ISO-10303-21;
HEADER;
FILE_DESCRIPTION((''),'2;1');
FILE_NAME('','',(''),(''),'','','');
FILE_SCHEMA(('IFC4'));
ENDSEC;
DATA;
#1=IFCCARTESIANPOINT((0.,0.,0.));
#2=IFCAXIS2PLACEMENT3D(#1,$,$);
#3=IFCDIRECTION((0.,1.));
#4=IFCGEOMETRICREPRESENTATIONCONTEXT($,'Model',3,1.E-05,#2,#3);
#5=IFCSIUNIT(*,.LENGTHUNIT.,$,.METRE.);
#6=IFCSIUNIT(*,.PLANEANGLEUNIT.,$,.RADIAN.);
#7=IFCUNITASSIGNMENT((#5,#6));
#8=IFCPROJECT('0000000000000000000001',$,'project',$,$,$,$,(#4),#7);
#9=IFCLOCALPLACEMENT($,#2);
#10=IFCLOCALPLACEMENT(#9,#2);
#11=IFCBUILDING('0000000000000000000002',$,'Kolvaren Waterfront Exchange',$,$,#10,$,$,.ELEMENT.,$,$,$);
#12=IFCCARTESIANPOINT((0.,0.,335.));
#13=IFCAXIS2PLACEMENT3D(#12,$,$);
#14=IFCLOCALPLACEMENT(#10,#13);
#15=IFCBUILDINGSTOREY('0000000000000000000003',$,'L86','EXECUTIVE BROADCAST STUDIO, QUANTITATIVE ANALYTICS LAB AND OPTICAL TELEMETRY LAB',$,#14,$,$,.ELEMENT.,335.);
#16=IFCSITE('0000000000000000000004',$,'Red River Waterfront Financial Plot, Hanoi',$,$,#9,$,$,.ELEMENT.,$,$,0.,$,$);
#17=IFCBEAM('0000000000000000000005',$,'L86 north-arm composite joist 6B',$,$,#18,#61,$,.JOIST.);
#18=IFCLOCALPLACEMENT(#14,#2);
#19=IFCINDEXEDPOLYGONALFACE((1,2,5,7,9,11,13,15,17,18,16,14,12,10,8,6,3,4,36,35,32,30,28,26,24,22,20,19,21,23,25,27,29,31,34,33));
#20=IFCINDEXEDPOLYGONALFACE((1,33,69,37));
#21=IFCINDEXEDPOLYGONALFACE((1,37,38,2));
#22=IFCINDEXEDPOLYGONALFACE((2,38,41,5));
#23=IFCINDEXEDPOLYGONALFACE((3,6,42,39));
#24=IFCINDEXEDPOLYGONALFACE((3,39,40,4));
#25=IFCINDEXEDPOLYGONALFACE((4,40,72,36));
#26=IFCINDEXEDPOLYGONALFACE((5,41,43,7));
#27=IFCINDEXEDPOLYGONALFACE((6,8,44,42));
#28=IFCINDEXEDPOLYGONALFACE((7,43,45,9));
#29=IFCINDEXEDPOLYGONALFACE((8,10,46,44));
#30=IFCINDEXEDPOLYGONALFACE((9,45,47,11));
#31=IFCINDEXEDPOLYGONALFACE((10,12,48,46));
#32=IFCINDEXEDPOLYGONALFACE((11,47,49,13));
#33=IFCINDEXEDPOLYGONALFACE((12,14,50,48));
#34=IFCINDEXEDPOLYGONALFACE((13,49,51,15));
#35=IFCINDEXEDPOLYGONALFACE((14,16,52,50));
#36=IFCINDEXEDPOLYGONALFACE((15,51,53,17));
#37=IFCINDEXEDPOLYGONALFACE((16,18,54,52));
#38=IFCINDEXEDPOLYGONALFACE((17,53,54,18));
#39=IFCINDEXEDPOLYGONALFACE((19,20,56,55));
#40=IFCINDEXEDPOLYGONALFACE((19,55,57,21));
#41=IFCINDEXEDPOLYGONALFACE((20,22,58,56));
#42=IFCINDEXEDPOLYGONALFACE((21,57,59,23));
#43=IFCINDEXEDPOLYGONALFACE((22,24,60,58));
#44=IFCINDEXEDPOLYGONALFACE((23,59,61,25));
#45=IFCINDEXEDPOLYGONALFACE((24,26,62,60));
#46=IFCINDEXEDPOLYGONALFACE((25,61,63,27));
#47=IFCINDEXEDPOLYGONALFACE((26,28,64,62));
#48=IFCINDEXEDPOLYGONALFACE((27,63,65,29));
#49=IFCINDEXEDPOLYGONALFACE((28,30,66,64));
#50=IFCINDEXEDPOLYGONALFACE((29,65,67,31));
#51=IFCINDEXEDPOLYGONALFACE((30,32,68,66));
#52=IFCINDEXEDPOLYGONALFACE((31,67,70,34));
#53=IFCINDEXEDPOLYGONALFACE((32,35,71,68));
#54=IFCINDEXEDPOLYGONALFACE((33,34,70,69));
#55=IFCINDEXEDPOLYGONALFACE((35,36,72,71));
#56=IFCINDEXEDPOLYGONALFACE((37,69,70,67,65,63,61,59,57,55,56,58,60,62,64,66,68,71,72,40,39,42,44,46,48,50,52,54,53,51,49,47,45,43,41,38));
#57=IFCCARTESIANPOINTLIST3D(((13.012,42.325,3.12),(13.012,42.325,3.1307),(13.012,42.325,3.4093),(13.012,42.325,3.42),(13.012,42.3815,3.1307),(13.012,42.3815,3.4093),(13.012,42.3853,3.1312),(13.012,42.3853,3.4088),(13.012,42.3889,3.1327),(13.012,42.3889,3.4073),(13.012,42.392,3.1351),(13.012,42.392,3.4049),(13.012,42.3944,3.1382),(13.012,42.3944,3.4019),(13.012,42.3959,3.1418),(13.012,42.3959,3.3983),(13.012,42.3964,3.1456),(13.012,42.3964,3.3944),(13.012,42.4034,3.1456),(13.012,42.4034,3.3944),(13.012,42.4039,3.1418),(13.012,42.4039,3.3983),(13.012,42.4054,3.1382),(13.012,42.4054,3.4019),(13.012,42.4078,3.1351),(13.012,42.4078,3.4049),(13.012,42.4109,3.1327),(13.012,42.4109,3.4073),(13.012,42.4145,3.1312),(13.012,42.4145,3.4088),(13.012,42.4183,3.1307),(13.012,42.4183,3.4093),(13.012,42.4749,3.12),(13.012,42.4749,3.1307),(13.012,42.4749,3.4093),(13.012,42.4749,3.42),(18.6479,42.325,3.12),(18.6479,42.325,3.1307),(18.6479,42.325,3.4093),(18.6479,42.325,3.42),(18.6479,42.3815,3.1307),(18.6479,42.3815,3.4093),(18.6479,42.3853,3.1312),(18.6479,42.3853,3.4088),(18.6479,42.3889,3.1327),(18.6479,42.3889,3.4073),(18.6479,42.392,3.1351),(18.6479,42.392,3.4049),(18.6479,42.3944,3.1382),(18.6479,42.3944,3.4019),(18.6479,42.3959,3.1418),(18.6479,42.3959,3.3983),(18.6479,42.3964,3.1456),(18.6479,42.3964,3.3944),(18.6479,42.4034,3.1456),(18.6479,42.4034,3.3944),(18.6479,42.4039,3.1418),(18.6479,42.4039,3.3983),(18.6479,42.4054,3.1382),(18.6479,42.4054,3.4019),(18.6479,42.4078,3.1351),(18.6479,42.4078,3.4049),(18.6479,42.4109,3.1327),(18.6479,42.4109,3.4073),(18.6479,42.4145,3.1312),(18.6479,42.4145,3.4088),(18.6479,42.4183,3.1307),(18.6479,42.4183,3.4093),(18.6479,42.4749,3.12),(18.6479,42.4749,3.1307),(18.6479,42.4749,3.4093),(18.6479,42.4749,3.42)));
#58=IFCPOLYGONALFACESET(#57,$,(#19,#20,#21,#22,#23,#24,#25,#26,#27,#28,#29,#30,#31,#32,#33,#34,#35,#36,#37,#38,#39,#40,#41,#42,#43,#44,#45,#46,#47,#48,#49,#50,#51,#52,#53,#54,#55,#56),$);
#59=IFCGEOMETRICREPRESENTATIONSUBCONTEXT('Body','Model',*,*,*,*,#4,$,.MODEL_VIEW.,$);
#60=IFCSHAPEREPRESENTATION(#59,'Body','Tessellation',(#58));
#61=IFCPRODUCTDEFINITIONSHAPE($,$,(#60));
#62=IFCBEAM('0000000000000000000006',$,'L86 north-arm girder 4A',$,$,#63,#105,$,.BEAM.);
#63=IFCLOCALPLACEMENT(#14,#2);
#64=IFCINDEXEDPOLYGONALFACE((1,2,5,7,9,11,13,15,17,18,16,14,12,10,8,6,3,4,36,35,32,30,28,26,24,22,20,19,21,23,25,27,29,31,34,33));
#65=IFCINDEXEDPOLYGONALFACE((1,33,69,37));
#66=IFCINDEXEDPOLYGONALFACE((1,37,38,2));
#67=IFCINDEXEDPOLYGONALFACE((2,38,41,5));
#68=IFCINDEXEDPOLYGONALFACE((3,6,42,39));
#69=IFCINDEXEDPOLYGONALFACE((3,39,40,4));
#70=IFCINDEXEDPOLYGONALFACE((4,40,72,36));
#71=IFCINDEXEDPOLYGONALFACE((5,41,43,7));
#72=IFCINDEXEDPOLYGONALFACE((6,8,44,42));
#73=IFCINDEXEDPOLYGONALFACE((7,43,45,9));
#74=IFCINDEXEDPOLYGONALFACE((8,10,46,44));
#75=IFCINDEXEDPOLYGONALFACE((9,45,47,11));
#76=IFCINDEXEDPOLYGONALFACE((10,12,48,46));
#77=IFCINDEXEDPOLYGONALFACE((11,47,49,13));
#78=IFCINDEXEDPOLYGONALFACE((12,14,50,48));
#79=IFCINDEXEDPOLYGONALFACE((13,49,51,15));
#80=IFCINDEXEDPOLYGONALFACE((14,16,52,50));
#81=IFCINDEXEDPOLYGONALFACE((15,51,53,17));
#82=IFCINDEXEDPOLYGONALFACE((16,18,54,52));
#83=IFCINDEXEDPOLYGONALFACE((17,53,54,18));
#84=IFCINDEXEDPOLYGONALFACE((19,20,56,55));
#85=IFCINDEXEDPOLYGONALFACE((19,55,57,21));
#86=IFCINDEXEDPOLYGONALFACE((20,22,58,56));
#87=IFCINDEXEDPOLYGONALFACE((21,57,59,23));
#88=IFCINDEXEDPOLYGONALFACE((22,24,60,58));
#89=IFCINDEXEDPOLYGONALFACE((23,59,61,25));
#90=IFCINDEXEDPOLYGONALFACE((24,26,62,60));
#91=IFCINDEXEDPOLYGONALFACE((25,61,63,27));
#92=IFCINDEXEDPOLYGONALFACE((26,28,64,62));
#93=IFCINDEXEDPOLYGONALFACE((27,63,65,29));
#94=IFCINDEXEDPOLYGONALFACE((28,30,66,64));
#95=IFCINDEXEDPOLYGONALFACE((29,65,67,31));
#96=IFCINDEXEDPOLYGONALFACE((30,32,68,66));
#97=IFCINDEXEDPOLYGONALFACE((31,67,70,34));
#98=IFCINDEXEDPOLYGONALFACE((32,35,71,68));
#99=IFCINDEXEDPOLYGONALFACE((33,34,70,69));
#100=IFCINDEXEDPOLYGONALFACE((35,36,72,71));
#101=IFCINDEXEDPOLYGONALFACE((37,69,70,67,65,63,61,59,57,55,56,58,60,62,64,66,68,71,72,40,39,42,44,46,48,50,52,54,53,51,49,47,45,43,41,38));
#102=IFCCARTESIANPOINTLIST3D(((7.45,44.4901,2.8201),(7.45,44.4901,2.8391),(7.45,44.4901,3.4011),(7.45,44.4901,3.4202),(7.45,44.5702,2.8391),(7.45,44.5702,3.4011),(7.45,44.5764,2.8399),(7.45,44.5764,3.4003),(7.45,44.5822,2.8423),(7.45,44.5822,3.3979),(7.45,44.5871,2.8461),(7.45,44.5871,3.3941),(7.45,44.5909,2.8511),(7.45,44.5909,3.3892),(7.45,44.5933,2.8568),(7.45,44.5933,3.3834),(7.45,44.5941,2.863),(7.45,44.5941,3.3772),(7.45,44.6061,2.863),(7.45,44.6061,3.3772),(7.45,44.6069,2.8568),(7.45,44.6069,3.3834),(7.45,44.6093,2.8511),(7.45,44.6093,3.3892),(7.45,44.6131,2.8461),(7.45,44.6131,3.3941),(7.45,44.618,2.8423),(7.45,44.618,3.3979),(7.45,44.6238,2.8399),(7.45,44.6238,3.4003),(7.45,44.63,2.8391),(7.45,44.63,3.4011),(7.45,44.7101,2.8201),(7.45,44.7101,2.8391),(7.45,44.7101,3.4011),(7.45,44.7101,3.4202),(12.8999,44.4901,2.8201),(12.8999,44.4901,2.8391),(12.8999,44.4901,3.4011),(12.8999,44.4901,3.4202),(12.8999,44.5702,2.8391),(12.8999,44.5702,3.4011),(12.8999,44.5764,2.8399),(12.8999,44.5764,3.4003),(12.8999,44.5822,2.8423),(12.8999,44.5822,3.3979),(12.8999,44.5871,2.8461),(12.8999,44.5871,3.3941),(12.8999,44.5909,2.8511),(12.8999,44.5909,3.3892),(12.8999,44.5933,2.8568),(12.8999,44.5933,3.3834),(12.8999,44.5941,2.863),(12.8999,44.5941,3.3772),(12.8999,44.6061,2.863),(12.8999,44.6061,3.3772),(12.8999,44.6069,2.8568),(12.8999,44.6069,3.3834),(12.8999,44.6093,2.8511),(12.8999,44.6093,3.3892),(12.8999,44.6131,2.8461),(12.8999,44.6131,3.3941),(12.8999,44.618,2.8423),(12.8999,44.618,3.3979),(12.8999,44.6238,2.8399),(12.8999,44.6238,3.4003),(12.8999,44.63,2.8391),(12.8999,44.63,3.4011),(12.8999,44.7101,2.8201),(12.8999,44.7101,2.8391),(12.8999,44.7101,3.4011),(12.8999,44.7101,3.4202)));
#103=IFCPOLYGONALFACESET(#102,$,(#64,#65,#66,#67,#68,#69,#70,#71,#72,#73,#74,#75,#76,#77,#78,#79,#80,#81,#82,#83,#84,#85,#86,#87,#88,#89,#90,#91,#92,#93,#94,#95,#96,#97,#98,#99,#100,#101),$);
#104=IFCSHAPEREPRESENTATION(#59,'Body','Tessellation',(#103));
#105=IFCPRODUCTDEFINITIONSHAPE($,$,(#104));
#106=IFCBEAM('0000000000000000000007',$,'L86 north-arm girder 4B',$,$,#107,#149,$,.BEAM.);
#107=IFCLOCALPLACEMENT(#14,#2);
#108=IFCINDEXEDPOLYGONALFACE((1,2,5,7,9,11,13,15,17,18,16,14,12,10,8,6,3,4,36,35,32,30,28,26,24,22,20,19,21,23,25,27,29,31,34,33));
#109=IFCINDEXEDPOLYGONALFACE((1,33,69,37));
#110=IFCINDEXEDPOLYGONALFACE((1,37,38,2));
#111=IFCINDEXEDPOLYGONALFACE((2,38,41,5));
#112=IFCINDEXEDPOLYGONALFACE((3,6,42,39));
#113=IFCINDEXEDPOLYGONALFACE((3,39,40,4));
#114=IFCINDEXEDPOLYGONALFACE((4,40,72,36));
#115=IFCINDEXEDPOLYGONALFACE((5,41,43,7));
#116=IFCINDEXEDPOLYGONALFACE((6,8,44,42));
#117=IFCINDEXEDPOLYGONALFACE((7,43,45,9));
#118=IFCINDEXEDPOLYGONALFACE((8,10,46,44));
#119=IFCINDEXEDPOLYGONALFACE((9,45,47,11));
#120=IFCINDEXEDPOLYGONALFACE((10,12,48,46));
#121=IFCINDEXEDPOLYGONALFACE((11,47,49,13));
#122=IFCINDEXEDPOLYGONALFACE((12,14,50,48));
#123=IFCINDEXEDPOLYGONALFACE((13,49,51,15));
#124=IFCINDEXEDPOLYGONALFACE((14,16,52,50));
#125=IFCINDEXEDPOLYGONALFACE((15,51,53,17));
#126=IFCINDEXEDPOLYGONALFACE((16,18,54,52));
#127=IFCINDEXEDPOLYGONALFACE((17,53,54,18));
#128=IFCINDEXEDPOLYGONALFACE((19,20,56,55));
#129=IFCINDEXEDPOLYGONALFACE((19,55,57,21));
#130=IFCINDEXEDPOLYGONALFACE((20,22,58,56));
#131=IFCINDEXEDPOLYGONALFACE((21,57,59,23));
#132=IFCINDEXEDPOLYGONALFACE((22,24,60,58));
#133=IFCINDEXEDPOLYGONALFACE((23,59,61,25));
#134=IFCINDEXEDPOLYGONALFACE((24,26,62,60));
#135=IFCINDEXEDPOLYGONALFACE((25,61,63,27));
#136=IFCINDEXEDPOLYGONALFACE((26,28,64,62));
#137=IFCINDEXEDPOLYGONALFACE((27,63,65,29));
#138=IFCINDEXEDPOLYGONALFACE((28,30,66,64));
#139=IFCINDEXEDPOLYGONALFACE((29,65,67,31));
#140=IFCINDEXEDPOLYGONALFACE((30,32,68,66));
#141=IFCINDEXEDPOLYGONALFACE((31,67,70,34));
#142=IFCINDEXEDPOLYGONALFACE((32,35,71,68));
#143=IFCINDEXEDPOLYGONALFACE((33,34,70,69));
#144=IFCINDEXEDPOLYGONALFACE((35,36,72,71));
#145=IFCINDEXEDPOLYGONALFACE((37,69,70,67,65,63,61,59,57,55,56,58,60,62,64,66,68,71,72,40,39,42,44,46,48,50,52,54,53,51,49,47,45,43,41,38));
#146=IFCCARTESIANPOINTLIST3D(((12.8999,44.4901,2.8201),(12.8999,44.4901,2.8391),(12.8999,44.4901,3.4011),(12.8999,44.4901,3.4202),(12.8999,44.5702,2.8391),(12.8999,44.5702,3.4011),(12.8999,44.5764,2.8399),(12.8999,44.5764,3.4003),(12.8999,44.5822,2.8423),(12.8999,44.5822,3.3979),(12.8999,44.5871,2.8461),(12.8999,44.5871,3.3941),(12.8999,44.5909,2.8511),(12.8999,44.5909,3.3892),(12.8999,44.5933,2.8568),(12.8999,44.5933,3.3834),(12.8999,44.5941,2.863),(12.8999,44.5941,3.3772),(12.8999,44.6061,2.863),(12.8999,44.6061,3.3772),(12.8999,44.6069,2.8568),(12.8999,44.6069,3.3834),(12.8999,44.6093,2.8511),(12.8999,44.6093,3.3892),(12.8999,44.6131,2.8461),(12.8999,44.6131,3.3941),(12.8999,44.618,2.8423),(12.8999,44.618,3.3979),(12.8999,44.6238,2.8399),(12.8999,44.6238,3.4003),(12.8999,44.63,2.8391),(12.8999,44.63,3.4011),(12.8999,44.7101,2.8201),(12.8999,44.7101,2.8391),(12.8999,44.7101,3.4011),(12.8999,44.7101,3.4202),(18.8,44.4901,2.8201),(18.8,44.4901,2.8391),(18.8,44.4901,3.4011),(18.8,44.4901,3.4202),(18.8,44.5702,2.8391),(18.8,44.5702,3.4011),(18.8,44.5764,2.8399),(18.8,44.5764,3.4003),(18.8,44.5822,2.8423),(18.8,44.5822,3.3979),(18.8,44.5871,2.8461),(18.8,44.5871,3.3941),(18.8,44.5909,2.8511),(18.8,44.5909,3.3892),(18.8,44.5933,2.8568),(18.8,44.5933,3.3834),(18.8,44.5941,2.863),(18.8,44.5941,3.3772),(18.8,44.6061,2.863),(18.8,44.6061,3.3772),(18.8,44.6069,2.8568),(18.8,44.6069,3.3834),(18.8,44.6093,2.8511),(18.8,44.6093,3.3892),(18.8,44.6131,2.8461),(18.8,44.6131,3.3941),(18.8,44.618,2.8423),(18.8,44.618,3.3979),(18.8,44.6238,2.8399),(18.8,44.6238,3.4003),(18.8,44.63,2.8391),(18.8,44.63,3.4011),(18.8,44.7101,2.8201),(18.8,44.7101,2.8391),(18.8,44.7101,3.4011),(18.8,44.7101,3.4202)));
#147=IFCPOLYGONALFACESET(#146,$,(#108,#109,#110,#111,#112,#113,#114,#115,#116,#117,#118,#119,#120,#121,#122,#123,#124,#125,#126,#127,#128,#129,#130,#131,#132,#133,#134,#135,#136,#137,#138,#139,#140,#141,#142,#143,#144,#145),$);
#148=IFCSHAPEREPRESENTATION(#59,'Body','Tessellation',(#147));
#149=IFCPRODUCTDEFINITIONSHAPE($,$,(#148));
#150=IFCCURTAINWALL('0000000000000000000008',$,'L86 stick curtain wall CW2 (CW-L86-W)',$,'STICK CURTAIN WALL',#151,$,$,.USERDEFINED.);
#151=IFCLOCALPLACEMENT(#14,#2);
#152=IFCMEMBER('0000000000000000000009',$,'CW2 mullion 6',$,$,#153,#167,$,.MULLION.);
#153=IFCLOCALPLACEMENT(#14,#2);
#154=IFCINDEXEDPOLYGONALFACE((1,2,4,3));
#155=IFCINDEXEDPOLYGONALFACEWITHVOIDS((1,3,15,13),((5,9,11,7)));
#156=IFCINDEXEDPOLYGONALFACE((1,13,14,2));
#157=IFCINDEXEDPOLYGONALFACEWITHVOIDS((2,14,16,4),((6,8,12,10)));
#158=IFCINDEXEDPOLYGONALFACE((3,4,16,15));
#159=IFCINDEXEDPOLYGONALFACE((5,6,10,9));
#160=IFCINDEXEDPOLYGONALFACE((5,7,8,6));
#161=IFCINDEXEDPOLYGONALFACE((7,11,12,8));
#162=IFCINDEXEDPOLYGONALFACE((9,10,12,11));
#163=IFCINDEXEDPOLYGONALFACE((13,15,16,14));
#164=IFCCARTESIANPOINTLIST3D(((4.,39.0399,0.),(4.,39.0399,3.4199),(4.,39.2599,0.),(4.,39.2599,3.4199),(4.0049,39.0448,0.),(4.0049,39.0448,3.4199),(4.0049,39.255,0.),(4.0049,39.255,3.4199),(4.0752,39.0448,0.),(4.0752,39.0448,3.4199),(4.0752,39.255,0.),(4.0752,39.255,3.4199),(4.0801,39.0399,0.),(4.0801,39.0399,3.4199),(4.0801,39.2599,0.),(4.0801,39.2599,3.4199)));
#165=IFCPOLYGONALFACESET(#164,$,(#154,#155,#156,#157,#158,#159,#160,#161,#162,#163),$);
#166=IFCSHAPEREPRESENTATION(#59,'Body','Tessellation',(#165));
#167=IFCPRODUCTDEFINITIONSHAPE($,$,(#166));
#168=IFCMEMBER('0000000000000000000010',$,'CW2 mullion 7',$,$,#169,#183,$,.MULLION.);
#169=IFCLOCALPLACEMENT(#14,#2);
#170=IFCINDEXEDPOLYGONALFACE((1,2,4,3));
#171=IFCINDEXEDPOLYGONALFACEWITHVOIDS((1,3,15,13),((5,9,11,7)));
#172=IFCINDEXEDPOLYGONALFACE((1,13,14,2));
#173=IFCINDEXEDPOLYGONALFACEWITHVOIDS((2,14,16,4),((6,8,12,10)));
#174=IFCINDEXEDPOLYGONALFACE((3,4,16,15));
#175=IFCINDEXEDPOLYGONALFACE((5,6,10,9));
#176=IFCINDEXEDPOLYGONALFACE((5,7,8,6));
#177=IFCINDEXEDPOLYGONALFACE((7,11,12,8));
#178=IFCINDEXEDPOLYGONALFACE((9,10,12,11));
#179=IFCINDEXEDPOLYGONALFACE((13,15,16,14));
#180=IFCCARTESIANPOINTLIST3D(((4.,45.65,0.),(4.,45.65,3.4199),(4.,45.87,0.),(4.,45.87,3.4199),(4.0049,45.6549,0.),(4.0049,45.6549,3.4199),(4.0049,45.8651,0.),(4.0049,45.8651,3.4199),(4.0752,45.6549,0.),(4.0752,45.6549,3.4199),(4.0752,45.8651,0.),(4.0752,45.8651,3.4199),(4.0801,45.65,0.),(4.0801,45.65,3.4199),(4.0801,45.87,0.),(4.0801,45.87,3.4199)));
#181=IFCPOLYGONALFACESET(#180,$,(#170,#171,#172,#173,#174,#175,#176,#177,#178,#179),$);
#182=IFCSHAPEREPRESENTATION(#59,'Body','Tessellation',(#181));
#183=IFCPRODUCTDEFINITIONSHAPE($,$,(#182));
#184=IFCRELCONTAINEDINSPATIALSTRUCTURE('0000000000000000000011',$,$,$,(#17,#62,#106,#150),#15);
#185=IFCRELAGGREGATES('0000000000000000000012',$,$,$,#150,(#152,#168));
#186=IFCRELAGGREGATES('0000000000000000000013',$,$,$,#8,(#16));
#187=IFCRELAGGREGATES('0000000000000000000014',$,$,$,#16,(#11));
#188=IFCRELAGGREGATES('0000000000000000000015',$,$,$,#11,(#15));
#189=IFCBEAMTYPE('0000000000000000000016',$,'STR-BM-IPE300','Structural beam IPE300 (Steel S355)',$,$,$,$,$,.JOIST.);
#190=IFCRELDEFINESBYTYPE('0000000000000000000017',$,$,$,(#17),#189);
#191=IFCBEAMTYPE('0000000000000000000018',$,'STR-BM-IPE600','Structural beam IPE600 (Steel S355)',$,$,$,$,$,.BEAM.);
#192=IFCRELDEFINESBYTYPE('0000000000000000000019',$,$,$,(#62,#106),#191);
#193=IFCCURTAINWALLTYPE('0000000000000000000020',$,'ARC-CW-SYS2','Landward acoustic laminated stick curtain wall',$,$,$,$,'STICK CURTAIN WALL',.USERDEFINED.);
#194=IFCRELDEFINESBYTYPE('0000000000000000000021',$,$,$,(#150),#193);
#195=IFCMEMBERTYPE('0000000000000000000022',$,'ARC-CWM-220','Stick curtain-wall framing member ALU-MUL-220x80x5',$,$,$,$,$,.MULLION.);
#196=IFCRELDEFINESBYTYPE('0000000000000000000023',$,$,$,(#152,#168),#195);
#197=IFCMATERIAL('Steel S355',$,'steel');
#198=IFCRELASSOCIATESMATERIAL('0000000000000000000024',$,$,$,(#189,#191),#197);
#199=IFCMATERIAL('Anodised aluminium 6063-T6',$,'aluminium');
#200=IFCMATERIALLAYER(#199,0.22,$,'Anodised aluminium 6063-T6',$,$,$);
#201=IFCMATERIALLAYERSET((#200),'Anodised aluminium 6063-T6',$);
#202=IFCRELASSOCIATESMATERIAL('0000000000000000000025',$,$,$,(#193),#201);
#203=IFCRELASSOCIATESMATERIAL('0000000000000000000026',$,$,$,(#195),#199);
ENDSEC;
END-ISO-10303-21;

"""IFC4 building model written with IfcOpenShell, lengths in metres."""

from ifc_helpers import new_model, si_unit, direction, frame, origin, origin_with_axes, origin_2d, place, context, subcontext, project, spatial, hollow_rectangle, i_section, extrude, source, transform, mapped, material, layer, layer_set, material_profile, profile_set, type_object, element, aggregate, save


model = new_model("IFC4")

# Units and contexts
model_context = context("Model", 3, precision=1e-05, world=origin(), true_north=direction((0.0, 1.0)))
body_context = subcontext(model_context, "Body", "Model", "MODEL_VIEW")
ifc_project = project(units=[si_unit("LENGTHUNIT", "METRE"), si_unit("PLANEANGLEUNIT", "RADIAN")], contexts=[model_context])

# Site, building, storey
site_placement = place(None, origin())
site = spatial("IfcSite", under=ifc_project, at=site_placement, Name="Red River Waterfront Financial Plot, Hanoi", CompositionType="ELEMENT", RefElevation=0.0)
building_placement = place(site_placement, origin())
building = spatial("IfcBuilding", under=site, at=building_placement, Name="Kolvaren Waterfront Exchange", CompositionType="ELEMENT")
storey_placement = place(building_placement, frame((0.0, 0.0, 335.0)))
storey = spatial("IfcBuildingStorey", under=building, at=storey_placement, Name="L86", Description="EXECUTIVE BROADCAST STUDIO, QUANTITATIVE ANALYTICS LAB AND OPTICAL TELEMETRY LAB", CompositionType="ELEMENT", Elevation=335.0)

# Beams
ifc_material_1 = material(Name="Steel S355", Category="steel")
ifc_material_profile_1 = material_profile(ifc_material_1, i_section(OverallWidth=0.1499, OverallDepth=0.3, WebThickness=0.0071, FlangeThickness=0.0107, FilletRadius=0.0149, at=origin_2d()), Name="IPE300")
ifc_profile_set_1 = profile_set([ifc_material_profile_1], Name="Steel S355")
beam_type_1 = type_object("IfcBeamType", Name="STR-BM-IPE300", Description="Structural beam IPE300 (Steel S355)", PredefinedType="JOIST", material=ifc_profile_set_1)
beam_1_placement = place(storey_placement, frame((13.012, 42.3999, 3.27), z_axis=(1.0, 0.0, 0.0), x_axis=(0.0, 1.0, 0.0)))
element("IfcBeam", 1, at=beam_1_placement, inside=storey, type_object=beam_type_1, Name="L86 north-arm composite joist 6B", PredefinedType="JOIST", context=body_context, shape_type="SweptSolid", body=[
    extrude(i_section(OverallWidth=0.1499, OverallDepth=0.3, WebThickness=0.0071, FlangeThickness=0.0107, FilletRadius=0.0149, at=origin_2d()), origin(), (0.0, 0.0, 1.0), 5.636),
])
ifc_material_profile_2 = material_profile(ifc_material_1, i_section(OverallWidth=0.22, OverallDepth=0.6001, WebThickness=0.012, FlangeThickness=0.019, FilletRadius=0.0239, at=origin_2d()), Name="IPE600")
ifc_profile_set_2 = profile_set([ifc_material_profile_2], Name="Steel S355")
beam_type_2 = type_object("IfcBeamType", Name="STR-BM-IPE600", Description="Structural beam IPE600 (Steel S355)", PredefinedType="BEAM", material=ifc_profile_set_2)
beam_2_placement = place(storey_placement, frame((7.45, 44.6001, 3.1201), z_axis=(1.0, 0.0, 0.0), x_axis=(0.0, 1.0, 0.0)))
element("IfcBeam", 2, at=beam_2_placement, inside=storey, type_object=beam_type_2, Name="L86 north-arm girder 4A", PredefinedType="BEAM", context=body_context, shape_type="SweptSolid", body=[
    extrude(i_section(OverallWidth=0.22, OverallDepth=0.6001, WebThickness=0.012, FlangeThickness=0.019, FilletRadius=0.0239, at=origin_2d()), origin(), (0.0, 0.0, 1.0), 5.45),
])
beam_3_placement = place(storey_placement, frame((12.8999, 44.6001, 3.1201), z_axis=(1.0, 0.0, 0.0), x_axis=(0.0, 1.0, 0.0)))
element("IfcBeam", 3, at=beam_3_placement, inside=storey, type_object=beam_type_2, Name="L86 north-arm girder 4B", PredefinedType="BEAM", context=body_context, shape_type="SweptSolid", body=[
    extrude(i_section(OverallWidth=0.22, OverallDepth=0.6001, WebThickness=0.012, FlangeThickness=0.019, FilletRadius=0.0239, at=origin_2d()), origin(), (0.0, 0.0, 1.0), 5.9001),
])

# Curtain wall, members
ifc_material_2 = material(Name="Anodised aluminium 6063-T6", Category="aluminium")
ifc_layer_1 = layer(ifc_material_2, 0.22, Name="Anodised aluminium 6063-T6")
ifc_layer_set_1 = layer_set([ifc_layer_1], Name="Anodised aluminium 6063-T6")
curtain_wall_type = type_object("IfcCurtainWallType", Name="ARC-CW-SYS2", Description="Landward acoustic laminated stick curtain wall", ElementType="STICK CURTAIN WALL", PredefinedType="USERDEFINED", material=ifc_layer_set_1)
curtain_wall_placement = place(storey_placement, origin())
curtain_wall = element("IfcCurtainWall", 4, at=curtain_wall_placement, inside=storey, type_object=curtain_wall_type, Name="L86 stick curtain wall CW2 (CW-L86-W)", ObjectType="STICK CURTAIN WALL", PredefinedType="USERDEFINED")
ifc_material_profile_3 = material_profile(ifc_material_2, hollow_rectangle(XDim=0.0801, YDim=0.22, WallThickness=0.0049, at=origin_2d()), Name="ALU-MUL-220x80x5")
ifc_profile_set_3 = profile_set([ifc_material_profile_3], Name="Anodised aluminium 6063-T6")
member_type_1 = type_object("IfcMemberType", Name="ARC-CWM-220", Description="Stick curtain-wall framing member ALU-MUL-220x80x5", PredefinedType="MULLION", material=ifc_profile_set_3)
shared_shape_1 = source(origin_with_axes(), body_context, "Body", "SweptSolid", [
    extrude(hollow_rectangle(XDim=0.0801, YDim=0.22, WallThickness=0.0049, at=origin_2d()), origin(), (0.0, 0.0, 1.0), 3.4199),
])
member_1_placement = place(storey_placement, frame((4.04, 39.1499, 0.0), z_axis=(0.0, 0.0, 1.0), x_axis=(-1.0, 0.0, 0.0)))
member_1 = element("IfcMember", 5, at=member_1_placement, type_object=member_type_1, Name="CW2 mullion 6", PredefinedType="MULLION", context=body_context, shape_type="MappedRepresentation", body=[
    mapped(shared_shape_1, transform((0.0, 0.0, 0.0), x_axis=(1.0, 0.0, 0.0), y_axis=(0.0, 1.0, 0.0), z_axis=(0.0, 0.0, 1.0), scale=1.0)),
])
member_2_placement = place(storey_placement, frame((4.04, 45.76, 0.0), z_axis=(0.0, 0.0, 1.0), x_axis=(-1.0, 0.0, 0.0)))
member_2 = element("IfcMember", 6, at=member_2_placement, type_object=member_type_1, Name="CW2 mullion 7", PredefinedType="MULLION", context=body_context, shape_type="MappedRepresentation", body=[
    mapped(shared_shape_1, transform((0.0, 0.0, 0.0), x_axis=(1.0, 0.0, 0.0), y_axis=(0.0, 1.0, 0.0), z_axis=(0.0, 0.0, 1.0), scale=1.0)),
])
aggregate(curtain_wall, [member_1, member_2])

save(model, "model.ifc")
